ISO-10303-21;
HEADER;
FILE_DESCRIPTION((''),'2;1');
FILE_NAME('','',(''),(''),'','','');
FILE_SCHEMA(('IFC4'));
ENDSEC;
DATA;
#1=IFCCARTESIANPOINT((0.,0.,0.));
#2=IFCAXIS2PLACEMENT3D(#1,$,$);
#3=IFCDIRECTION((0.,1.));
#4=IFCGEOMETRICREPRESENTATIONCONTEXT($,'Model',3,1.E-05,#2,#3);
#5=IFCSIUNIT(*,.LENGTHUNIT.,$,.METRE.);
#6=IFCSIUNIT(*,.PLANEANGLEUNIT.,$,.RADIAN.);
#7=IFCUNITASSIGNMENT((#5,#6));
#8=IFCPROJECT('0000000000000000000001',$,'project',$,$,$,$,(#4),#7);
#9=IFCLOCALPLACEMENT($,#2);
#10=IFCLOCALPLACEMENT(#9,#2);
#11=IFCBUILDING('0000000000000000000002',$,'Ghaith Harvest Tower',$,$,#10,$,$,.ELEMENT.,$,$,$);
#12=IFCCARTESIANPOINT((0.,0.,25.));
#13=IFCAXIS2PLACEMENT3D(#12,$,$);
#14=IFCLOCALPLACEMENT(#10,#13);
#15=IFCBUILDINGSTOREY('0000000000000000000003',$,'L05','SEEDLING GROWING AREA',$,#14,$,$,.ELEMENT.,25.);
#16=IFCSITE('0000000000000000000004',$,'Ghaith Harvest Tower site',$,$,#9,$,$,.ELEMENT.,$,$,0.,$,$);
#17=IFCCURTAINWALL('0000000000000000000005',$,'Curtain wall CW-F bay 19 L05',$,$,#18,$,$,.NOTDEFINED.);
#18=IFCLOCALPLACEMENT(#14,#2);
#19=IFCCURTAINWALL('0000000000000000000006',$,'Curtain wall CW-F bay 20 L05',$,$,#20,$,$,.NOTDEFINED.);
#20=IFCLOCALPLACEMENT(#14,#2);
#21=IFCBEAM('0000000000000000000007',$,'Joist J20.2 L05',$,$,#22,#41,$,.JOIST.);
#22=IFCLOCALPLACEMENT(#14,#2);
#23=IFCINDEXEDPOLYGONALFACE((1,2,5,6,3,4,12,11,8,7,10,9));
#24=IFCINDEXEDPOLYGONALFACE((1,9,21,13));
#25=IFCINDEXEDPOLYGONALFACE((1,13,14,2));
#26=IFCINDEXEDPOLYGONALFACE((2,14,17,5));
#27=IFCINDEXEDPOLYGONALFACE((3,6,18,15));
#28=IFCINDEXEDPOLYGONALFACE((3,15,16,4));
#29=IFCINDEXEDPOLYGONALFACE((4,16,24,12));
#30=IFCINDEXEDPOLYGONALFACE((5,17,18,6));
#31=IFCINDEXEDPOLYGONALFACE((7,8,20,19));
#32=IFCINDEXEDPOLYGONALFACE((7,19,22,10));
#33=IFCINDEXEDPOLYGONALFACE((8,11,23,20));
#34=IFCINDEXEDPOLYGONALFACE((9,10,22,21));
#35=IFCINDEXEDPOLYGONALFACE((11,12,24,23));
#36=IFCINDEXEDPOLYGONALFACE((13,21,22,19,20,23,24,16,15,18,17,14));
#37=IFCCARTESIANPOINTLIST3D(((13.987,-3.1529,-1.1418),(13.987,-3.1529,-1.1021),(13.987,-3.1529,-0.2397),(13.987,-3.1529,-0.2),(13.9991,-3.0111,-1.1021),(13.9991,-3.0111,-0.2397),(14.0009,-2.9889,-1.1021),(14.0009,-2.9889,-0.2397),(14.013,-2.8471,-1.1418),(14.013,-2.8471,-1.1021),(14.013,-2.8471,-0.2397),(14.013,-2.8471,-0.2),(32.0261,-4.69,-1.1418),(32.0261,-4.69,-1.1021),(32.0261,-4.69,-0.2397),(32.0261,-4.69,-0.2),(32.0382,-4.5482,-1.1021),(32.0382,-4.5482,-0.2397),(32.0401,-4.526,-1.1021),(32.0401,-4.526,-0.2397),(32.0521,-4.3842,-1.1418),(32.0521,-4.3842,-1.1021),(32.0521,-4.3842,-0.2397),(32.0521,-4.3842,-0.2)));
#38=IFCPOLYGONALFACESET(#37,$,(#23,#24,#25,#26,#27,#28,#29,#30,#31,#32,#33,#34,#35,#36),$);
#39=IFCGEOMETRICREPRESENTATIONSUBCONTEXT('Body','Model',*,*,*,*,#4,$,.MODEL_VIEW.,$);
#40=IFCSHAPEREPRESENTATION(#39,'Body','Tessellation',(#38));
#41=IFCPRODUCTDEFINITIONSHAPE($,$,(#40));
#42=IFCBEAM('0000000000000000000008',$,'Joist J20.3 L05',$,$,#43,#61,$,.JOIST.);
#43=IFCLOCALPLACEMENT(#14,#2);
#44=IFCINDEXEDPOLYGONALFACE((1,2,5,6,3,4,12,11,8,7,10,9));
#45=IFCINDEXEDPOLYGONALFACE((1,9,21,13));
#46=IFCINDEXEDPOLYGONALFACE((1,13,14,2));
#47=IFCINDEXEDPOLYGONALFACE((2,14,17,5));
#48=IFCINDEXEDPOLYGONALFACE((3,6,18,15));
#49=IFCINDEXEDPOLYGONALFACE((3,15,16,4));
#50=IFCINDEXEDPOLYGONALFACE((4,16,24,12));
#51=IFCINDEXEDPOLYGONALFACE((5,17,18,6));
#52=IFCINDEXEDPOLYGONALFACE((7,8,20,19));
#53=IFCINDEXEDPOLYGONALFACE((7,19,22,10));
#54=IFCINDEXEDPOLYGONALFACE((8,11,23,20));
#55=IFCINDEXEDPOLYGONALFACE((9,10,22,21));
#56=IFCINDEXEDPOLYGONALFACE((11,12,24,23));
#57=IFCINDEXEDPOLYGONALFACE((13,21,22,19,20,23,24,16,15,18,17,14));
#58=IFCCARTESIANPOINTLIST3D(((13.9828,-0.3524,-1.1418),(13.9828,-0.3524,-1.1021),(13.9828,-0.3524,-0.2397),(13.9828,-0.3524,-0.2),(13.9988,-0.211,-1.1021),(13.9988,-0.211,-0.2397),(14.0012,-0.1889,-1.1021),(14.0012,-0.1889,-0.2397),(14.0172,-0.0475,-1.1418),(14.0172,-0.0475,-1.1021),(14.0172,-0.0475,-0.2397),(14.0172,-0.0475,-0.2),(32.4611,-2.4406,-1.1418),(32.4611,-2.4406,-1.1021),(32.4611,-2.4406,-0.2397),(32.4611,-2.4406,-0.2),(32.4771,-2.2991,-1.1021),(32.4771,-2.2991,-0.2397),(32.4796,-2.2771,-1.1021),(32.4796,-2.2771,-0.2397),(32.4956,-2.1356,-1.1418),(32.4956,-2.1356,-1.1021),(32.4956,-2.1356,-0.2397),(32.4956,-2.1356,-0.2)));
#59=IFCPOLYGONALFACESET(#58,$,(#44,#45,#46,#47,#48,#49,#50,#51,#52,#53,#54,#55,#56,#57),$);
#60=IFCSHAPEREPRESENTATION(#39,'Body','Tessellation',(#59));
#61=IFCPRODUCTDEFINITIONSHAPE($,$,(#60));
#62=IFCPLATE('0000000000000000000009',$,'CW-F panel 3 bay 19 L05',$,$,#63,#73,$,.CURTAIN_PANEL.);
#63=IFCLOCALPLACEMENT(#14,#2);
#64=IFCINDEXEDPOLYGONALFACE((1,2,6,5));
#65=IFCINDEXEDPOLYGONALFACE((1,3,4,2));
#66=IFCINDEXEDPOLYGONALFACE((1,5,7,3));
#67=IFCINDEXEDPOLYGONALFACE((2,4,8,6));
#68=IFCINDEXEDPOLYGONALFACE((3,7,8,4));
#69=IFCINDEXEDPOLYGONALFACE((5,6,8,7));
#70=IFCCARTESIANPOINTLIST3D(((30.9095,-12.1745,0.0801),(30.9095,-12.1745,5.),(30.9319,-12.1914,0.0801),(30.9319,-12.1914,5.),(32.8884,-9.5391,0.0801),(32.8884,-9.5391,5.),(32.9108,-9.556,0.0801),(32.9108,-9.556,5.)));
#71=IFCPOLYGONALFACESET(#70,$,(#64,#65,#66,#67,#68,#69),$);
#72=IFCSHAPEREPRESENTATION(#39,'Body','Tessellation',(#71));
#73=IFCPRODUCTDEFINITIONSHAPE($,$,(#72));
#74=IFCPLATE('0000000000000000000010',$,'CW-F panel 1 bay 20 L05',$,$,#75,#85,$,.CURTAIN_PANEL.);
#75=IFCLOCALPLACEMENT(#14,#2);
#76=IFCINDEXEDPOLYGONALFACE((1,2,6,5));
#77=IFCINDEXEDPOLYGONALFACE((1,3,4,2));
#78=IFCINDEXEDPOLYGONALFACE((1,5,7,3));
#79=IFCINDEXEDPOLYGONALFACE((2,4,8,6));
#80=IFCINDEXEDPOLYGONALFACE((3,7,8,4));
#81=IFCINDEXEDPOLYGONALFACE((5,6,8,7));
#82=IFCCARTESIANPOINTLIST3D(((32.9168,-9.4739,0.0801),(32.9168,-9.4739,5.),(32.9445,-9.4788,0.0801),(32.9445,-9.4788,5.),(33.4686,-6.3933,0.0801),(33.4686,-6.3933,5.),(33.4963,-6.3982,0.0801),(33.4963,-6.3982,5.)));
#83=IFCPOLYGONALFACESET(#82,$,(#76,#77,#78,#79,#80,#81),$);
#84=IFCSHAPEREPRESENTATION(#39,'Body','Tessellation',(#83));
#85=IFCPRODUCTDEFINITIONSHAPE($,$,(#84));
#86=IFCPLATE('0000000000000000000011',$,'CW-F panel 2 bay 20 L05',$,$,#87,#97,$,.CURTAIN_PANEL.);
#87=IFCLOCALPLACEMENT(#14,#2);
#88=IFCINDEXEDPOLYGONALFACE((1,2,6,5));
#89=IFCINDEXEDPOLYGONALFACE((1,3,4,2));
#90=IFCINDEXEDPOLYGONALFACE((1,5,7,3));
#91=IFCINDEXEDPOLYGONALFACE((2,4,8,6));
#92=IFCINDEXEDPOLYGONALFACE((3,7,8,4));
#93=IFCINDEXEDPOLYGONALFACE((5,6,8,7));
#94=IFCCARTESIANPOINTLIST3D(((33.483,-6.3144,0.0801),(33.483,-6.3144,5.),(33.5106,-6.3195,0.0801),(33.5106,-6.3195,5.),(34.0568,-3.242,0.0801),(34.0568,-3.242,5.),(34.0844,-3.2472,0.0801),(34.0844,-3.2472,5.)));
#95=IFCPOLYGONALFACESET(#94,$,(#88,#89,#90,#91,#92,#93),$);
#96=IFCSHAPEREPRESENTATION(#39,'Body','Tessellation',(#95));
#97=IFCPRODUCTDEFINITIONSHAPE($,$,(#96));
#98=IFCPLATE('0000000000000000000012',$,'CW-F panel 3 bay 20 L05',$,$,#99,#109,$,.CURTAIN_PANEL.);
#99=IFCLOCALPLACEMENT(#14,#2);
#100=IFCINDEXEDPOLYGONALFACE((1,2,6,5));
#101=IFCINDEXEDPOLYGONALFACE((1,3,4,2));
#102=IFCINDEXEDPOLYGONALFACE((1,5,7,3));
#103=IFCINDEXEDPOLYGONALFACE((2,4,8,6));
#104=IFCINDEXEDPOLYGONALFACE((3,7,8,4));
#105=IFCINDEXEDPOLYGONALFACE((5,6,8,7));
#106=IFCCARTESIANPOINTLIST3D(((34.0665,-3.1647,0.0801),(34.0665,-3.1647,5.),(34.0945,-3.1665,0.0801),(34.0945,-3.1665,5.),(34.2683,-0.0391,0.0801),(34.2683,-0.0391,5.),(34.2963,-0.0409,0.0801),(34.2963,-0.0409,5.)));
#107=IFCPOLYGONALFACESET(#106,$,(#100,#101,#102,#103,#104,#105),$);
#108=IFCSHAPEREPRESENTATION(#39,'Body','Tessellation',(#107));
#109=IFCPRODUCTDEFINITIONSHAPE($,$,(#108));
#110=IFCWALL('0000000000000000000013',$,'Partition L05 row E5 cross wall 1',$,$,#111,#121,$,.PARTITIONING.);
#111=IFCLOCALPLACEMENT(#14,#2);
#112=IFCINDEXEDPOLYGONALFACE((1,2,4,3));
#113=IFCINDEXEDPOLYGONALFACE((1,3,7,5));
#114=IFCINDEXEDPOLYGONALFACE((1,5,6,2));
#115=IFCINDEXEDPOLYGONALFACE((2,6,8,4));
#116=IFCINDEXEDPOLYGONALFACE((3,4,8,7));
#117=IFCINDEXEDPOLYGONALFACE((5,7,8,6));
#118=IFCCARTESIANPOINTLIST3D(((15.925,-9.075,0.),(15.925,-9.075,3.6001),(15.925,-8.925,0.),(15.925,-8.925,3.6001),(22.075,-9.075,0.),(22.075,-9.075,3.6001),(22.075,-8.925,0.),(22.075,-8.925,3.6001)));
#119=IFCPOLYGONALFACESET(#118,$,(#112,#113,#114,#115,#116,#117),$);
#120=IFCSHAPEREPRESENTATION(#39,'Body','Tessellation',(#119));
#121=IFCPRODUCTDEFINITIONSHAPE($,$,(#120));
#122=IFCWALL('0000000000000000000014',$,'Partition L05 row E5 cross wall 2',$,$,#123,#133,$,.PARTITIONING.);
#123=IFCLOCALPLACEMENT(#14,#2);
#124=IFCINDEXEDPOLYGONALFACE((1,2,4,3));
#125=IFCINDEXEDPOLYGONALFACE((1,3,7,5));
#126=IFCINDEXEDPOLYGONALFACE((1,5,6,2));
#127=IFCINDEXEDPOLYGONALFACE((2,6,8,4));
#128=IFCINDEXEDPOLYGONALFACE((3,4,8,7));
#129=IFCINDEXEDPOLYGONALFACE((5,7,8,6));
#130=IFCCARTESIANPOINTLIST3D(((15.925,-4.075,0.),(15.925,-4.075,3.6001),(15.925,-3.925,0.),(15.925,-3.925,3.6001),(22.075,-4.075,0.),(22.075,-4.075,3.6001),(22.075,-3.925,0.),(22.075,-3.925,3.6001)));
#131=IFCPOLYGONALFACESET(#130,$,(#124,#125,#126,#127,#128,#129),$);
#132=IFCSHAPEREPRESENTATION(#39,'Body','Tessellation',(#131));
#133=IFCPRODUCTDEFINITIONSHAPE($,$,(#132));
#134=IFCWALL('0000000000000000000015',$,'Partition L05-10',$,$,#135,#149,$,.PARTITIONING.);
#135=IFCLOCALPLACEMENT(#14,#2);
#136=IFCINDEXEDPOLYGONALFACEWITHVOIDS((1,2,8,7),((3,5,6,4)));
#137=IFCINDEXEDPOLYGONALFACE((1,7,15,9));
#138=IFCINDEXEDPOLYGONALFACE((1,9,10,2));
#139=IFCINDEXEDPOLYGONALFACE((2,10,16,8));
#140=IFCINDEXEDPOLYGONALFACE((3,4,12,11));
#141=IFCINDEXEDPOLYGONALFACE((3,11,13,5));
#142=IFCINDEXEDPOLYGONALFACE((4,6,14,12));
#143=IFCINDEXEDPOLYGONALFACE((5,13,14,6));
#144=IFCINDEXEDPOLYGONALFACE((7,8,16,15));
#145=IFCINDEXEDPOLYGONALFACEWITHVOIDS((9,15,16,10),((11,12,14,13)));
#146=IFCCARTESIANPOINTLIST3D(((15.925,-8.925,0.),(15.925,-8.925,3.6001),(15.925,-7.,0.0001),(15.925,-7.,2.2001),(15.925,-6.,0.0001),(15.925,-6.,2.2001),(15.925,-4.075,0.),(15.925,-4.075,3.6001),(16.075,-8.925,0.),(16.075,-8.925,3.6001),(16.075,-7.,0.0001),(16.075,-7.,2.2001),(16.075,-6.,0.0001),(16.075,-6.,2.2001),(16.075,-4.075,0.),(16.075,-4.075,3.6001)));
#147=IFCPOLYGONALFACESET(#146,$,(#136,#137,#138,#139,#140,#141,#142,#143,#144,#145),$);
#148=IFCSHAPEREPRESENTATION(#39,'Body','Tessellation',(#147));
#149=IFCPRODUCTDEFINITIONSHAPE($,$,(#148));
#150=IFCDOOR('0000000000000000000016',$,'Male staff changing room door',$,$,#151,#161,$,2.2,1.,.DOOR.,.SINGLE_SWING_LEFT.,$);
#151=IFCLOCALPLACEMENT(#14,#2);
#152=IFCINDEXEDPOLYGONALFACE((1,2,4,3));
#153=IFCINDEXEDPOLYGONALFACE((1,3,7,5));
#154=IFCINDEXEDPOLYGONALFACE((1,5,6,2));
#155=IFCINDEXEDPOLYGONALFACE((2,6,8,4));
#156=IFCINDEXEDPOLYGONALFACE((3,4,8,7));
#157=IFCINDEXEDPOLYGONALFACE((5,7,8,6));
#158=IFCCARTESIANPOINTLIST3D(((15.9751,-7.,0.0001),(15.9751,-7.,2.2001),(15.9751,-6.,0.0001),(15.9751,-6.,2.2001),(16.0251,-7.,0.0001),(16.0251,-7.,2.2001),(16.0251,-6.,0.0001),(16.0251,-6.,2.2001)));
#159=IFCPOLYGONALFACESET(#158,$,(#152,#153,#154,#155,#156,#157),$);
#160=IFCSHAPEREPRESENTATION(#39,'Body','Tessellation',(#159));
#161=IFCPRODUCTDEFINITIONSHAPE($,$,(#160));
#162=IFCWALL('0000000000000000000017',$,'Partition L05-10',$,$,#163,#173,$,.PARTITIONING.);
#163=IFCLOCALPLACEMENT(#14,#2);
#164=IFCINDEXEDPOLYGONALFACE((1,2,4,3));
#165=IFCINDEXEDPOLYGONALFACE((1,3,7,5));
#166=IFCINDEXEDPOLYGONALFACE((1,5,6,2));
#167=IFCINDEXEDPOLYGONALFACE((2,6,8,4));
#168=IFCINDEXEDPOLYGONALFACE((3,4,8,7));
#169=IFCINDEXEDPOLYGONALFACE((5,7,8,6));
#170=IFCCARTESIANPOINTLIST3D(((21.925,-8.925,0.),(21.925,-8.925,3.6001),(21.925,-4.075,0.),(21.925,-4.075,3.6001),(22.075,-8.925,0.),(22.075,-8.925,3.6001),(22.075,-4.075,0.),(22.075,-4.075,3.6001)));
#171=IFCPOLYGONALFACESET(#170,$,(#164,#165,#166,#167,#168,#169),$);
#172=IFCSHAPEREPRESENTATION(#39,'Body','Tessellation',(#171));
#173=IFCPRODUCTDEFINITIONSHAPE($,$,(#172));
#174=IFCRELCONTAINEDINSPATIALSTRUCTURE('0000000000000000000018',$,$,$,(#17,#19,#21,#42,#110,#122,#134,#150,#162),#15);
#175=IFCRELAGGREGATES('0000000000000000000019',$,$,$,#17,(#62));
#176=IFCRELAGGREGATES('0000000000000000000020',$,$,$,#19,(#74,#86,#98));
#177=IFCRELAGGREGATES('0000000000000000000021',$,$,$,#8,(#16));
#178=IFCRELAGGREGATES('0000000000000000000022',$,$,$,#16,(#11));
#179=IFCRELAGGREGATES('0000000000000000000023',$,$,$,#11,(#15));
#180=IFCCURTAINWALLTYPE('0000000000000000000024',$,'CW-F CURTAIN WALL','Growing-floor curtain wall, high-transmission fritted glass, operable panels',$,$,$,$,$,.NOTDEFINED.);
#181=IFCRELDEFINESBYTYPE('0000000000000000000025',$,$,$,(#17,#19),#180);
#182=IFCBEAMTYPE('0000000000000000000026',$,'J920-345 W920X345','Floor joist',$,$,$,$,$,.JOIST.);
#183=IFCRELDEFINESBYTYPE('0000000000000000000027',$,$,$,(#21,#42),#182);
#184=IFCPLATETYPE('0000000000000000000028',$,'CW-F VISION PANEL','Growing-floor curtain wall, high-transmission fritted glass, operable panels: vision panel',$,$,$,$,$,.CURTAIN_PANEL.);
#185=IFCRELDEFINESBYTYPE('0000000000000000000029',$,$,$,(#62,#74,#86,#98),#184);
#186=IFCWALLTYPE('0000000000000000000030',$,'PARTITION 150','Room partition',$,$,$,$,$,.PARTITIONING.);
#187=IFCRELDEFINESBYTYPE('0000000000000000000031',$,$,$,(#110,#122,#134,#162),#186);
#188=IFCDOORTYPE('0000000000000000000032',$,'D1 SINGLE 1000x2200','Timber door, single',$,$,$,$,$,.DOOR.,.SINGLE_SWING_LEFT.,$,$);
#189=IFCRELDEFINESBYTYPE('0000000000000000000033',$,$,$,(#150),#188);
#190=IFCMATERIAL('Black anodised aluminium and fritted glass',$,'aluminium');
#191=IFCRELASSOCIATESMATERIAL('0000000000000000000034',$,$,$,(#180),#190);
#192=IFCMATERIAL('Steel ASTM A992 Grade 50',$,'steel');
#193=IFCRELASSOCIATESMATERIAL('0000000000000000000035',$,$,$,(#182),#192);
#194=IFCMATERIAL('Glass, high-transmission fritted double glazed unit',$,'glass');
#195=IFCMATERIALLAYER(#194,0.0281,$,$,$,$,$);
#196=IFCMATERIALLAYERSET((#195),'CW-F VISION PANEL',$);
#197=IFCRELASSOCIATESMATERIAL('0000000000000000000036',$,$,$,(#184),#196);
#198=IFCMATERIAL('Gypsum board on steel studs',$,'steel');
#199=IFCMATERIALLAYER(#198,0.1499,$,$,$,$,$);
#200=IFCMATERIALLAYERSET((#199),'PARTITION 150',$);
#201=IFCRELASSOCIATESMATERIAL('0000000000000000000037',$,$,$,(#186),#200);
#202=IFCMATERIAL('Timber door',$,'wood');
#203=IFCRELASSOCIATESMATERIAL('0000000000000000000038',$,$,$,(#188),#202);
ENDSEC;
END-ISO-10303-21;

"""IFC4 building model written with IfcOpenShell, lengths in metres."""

from ifc_helpers import new_model, si_unit, direction, frame, frame_2d, origin, origin_2d, place, context, subcontext, project, spatial, rectangle, i_section, extrude, material, layer, layer_set, material_profile, profile_set, type_object, element, fill, aggregate, save


model = new_model("IFC4")

# Units and contexts
model_context = context("Model", 3, precision=1e-05, world=origin(), true_north=direction((0.0, 1.0)))
body_context = subcontext(model_context, "Body", "Model", "MODEL_VIEW")
ifc_project = project(units=[si_unit("LENGTHUNIT", "METRE"), si_unit("PLANEANGLEUNIT", "RADIAN")], contexts=[model_context])

# Site, building, storey
site_placement = place(None, origin())
site = spatial("IfcSite", under=ifc_project, at=site_placement, Name="Ghaith Harvest Tower site", CompositionType="ELEMENT", RefElevation=0.0)
building_placement = place(site_placement, origin())
building = spatial("IfcBuilding", under=site, at=building_placement, Name="Ghaith Harvest Tower", CompositionType="ELEMENT")
storey_placement = place(building_placement, frame((0.0, 0.0, 25.0)))
storey = spatial("IfcBuildingStorey", under=building, at=storey_placement, Name="L05", Description="SEEDLING GROWING AREA", CompositionType="ELEMENT", Elevation=25.0)

# Curtain wall
ifc_material_1 = material(Name="Black anodised aluminium and fritted glass", Category="aluminium")
curtain_wall_type = type_object("IfcCurtainWallType", Name="CW-F CURTAIN WALL", Description="Growing-floor curtain wall, high-transmission fritted glass, operable panels", PredefinedType="NOTDEFINED", material=ifc_material_1)
curtain_wall_1_placement = place(storey_placement, origin())
curtain_wall_1 = element("IfcCurtainWall", 1, at=curtain_wall_1_placement, inside=storey, type_object=curtain_wall_type, Name="Curtain wall CW-F bay 19 L05", PredefinedType="NOTDEFINED")

# Curtain wall
curtain_wall_2_placement = place(storey_placement, origin())
curtain_wall_2 = element("IfcCurtainWall", 2, at=curtain_wall_2_placement, inside=storey, type_object=curtain_wall_type, Name="Curtain wall CW-F bay 20 L05", PredefinedType="NOTDEFINED")

# Beams
ifc_material_2 = material(Name="Steel ASTM A992 Grade 50", Category="steel")
ifc_material_profile_1 = material_profile(ifc_material_2, i_section(OverallWidth=0.3069, OverallDepth=0.9419, WebThickness=0.0222, FlangeThickness=0.0398, at=origin_2d()), Name="W920X345")
ifc_profile_set_1 = profile_set([ifc_material_profile_1], Name="Steel ASTM A992 Grade 50")
beam_type_1 = type_object("IfcBeamType", Name="J920-345 W920X345", Description="Floor joist", PredefinedType="JOIST", material=ifc_profile_set_1)
beam_1_placement = place(storey_placement, frame((14.0, -3.0, -0.6709), z_axis=(0.996389, -0.084902, 0.0), x_axis=(0.084902, 0.996389, 0.0)))
element("IfcBeam", 3, at=beam_1_placement, inside=storey, type_object=beam_type_1, Name="Joist J20.2 L05", PredefinedType="JOIST", context=body_context, shape_type="SweptSolid", body=[
    extrude(i_section(OverallWidth=0.3069, OverallDepth=0.9419, WebThickness=0.0222, FlangeThickness=0.0398, at=origin_2d()), origin(), (0.0, 0.0, 1.0), 18.1045),
])
beam_2_placement = place(storey_placement, frame((14.0, -0.2, -0.6709), z_axis=(0.993675, -0.11229, 0.0), x_axis=(0.11229, 0.993675, 0.0)))
element("IfcBeam", 4, at=beam_2_placement, inside=storey, type_object=beam_type_1, Name="Joist J20.3 L05", PredefinedType="JOIST", context=body_context, shape_type="SweptSolid", body=[
    extrude(i_section(OverallWidth=0.3069, OverallDepth=0.9419, WebThickness=0.0222, FlangeThickness=0.0398, at=origin_2d()), origin(), (0.0, 0.0, 1.0), 18.5959),
])

# Plates
ifc_material_3 = material(Name="Glass, high-transmission fritted double glazed unit", Category="glass")
ifc_layer_1 = layer(ifc_material_3, 0.0281)
ifc_layer_set_1 = layer_set([ifc_layer_1], Name="CW-F VISION PANEL")
plate_type = type_object("IfcPlateType", Name="CW-F VISION PANEL", Description="Growing-floor curtain wall, high-transmission fritted glass, operable panels: vision panel", PredefinedType="CURTAIN_PANEL", material=ifc_layer_set_1)
plate_1_placement = place(storey_placement, frame((31.9102, -10.8652, 0.0801), z_axis=(0.0, 0.0, 1.0), x_axis=(0.600454, 0.799659, 0.0)))
plate_1 = element("IfcPlate", 5, at=plate_1_placement, type_object=plate_type, Name="CW-F panel 3 bay 19 L05", PredefinedType="CURTAIN_PANEL", context=body_context, shape_type="SweptSolid", body=[
    extrude(rectangle(XDim=3.2957, YDim=0.0281, at=origin_2d()), origin(), (0.0, 0.0, 1.0), 4.9199),
])
aggregate(curtain_wall_1, [plate_1])
plate_2_placement = place(storey_placement, frame((33.2065, -7.936, 0.0801), z_axis=(0.0, 0.0, 1.0), x_axis=(0.17632, 0.984333, 0.0)))
plate_2 = element("IfcPlate", 6, at=plate_2_placement, type_object=plate_type, Name="CW-F panel 1 bay 20 L05", PredefinedType="CURTAIN_PANEL", context=body_context, shape_type="SweptSolid", body=[
    extrude(rectangle(XDim=3.1296, YDim=0.0281, at=origin_2d()), origin(), (0.0, 0.0, 1.0), 4.9199),
])
plate_3_placement = place(storey_placement, frame((33.7837, -4.7808, 0.0801), z_axis=(0.0, 0.0, 1.0), x_axis=(0.183569, 0.983007, 0.0)))
plate_3 = element("IfcPlate", 7, at=plate_3_placement, type_object=plate_type, Name="CW-F panel 2 bay 20 L05", PredefinedType="CURTAIN_PANEL", context=body_context, shape_type="SweptSolid", body=[
    extrude(rectangle(XDim=3.1255, YDim=0.0281, at=origin_2d()), origin(), (0.0, 0.0, 1.0), 4.9199),
])
plate_4_placement = place(storey_placement, frame((34.1814, -1.6028, 0.0801), z_axis=(0.0, 0.0, 1.0), x_axis=(0.064446, 0.997921, 0.0)))
plate_4 = element("IfcPlate", 8, at=plate_4_placement, type_object=plate_type, Name="CW-F panel 3 bay 20 L05", PredefinedType="CURTAIN_PANEL", context=body_context, shape_type="SweptSolid", body=[
    extrude(rectangle(XDim=3.1321, YDim=0.0281, at=origin_2d()), origin(), (0.0, 0.0, 1.0), 4.9199),
])
aggregate(curtain_wall_2, [plate_2, plate_3, plate_4])

# Walls
ifc_material_4 = material(Name="Gypsum board on steel studs", Category="steel")
ifc_layer_2 = layer(ifc_material_4, 0.1499)
ifc_layer_set_2 = layer_set([ifc_layer_2], Name="PARTITION 150")
wall_type = type_object("IfcWallType", Name="PARTITION 150", Description="Room partition", PredefinedType="PARTITIONING", material=ifc_layer_set_2)
for number, where, z_axis, x_axis, name in (
    (9, (15.925, -9.0, 0.0), (0.0, 0.0, 1.0), (1.0, 0.0, 0.0), "Partition L05 row E5 cross wall 1"),
    (10, (15.925, -4.0, 0.0), (0.0, 0.0, 1.0), (1.0, 0.0, 0.0), "Partition L05 row E5 cross wall 2"),
):
    element("IfcWall", number, at=place(storey_placement, frame(where, z_axis=z_axis, x_axis=x_axis)), inside=storey, type_object=wall_type, Name=name, PredefinedType="PARTITIONING", context=body_context, shape_type="SweptSolid", body=[
        extrude(rectangle(XDim=6.1499, YDim=0.1499, at=frame_2d((3.075, 0.0))), origin(), (0.0, 0.0, 1.0), 3.6001),
    ])

# Wall, opening, door
wall_1_placement = place(storey_placement, frame((16.0, -8.925, 0.0), z_axis=(0.0, 0.0, 1.0), x_axis=(0.0, 1.0, 0.0)))
wall_1 = element("IfcWall", 11, at=wall_1_placement, inside=storey, type_object=wall_type, Name="Partition L05-10", PredefinedType="PARTITIONING", context=body_context, shape_type="SweptSolid", body=[
    extrude(rectangle(XDim=4.8501, YDim=0.1499, at=frame_2d((2.425, 0.0))), origin(), (0.0, 0.0, 1.0), 3.6001),
])
opening_1_placement = place(wall_1_placement, frame((1.925, 0.0, 0.0)))
opening_1 = element("IfcOpeningElement", 12, at=opening_1_placement, cuts=wall_1, PredefinedType="OPENING", context=body_context, shape_type="SweptSolid", body=[
    extrude(rectangle(XDim=1.0, YDim=2.2, at=frame_2d((0.5, 1.1001))), frame((0.0, 0.085, 0.0), z_axis=(0.0, -1.0, 0.0), x_axis=(1.0, 0.0, 0.0)), (0.0, 0.0, 1.0), 0.1699),
])
ifc_material_5 = material(Name="Timber door", Category="wood")
door_type_1 = type_object("IfcDoorType", Name="D1 SINGLE 1000x2200", Description="Timber door, single", OperationType="SINGLE_SWING_LEFT", PredefinedType="DOOR", material=ifc_material_5)
door_1_placement = place(opening_1_placement, origin())
door_1 = element("IfcDoor", 13, at=door_1_placement, inside=storey, type_object=door_type_1, Name="Male staff changing room door", OperationType="SINGLE_SWING_LEFT", OverallHeight=2.2, OverallWidth=1.0, PredefinedType="DOOR", context=body_context, shape_type="SweptSolid", body=[
    extrude(rectangle(XDim=1.0, YDim=2.2, at=frame_2d((0.5, 1.1001))), frame((0.0, 0.0249, 0.0), z_axis=(0.0, -1.0, 0.0), x_axis=(1.0, 0.0, 0.0)), (0.0, 0.0, 1.0), 0.05),
])
fill(opening_1, door_1)

# Wall
wall_2_placement = place(storey_placement, frame((22.0, -8.925, 0.0), z_axis=(0.0, 0.0, 1.0), x_axis=(0.0, 1.0, 0.0)))
element("IfcWall", 14, at=wall_2_placement, inside=storey, type_object=wall_type, Name="Partition L05-10", PredefinedType="PARTITIONING", context=body_context, shape_type="SweptSolid", body=[
    extrude(rectangle(XDim=4.8501, YDim=0.1499, at=frame_2d((2.425, 0.0))), origin(), (0.0, 0.0, 1.0), 3.6001),
])

save(model, "model.ifc")
